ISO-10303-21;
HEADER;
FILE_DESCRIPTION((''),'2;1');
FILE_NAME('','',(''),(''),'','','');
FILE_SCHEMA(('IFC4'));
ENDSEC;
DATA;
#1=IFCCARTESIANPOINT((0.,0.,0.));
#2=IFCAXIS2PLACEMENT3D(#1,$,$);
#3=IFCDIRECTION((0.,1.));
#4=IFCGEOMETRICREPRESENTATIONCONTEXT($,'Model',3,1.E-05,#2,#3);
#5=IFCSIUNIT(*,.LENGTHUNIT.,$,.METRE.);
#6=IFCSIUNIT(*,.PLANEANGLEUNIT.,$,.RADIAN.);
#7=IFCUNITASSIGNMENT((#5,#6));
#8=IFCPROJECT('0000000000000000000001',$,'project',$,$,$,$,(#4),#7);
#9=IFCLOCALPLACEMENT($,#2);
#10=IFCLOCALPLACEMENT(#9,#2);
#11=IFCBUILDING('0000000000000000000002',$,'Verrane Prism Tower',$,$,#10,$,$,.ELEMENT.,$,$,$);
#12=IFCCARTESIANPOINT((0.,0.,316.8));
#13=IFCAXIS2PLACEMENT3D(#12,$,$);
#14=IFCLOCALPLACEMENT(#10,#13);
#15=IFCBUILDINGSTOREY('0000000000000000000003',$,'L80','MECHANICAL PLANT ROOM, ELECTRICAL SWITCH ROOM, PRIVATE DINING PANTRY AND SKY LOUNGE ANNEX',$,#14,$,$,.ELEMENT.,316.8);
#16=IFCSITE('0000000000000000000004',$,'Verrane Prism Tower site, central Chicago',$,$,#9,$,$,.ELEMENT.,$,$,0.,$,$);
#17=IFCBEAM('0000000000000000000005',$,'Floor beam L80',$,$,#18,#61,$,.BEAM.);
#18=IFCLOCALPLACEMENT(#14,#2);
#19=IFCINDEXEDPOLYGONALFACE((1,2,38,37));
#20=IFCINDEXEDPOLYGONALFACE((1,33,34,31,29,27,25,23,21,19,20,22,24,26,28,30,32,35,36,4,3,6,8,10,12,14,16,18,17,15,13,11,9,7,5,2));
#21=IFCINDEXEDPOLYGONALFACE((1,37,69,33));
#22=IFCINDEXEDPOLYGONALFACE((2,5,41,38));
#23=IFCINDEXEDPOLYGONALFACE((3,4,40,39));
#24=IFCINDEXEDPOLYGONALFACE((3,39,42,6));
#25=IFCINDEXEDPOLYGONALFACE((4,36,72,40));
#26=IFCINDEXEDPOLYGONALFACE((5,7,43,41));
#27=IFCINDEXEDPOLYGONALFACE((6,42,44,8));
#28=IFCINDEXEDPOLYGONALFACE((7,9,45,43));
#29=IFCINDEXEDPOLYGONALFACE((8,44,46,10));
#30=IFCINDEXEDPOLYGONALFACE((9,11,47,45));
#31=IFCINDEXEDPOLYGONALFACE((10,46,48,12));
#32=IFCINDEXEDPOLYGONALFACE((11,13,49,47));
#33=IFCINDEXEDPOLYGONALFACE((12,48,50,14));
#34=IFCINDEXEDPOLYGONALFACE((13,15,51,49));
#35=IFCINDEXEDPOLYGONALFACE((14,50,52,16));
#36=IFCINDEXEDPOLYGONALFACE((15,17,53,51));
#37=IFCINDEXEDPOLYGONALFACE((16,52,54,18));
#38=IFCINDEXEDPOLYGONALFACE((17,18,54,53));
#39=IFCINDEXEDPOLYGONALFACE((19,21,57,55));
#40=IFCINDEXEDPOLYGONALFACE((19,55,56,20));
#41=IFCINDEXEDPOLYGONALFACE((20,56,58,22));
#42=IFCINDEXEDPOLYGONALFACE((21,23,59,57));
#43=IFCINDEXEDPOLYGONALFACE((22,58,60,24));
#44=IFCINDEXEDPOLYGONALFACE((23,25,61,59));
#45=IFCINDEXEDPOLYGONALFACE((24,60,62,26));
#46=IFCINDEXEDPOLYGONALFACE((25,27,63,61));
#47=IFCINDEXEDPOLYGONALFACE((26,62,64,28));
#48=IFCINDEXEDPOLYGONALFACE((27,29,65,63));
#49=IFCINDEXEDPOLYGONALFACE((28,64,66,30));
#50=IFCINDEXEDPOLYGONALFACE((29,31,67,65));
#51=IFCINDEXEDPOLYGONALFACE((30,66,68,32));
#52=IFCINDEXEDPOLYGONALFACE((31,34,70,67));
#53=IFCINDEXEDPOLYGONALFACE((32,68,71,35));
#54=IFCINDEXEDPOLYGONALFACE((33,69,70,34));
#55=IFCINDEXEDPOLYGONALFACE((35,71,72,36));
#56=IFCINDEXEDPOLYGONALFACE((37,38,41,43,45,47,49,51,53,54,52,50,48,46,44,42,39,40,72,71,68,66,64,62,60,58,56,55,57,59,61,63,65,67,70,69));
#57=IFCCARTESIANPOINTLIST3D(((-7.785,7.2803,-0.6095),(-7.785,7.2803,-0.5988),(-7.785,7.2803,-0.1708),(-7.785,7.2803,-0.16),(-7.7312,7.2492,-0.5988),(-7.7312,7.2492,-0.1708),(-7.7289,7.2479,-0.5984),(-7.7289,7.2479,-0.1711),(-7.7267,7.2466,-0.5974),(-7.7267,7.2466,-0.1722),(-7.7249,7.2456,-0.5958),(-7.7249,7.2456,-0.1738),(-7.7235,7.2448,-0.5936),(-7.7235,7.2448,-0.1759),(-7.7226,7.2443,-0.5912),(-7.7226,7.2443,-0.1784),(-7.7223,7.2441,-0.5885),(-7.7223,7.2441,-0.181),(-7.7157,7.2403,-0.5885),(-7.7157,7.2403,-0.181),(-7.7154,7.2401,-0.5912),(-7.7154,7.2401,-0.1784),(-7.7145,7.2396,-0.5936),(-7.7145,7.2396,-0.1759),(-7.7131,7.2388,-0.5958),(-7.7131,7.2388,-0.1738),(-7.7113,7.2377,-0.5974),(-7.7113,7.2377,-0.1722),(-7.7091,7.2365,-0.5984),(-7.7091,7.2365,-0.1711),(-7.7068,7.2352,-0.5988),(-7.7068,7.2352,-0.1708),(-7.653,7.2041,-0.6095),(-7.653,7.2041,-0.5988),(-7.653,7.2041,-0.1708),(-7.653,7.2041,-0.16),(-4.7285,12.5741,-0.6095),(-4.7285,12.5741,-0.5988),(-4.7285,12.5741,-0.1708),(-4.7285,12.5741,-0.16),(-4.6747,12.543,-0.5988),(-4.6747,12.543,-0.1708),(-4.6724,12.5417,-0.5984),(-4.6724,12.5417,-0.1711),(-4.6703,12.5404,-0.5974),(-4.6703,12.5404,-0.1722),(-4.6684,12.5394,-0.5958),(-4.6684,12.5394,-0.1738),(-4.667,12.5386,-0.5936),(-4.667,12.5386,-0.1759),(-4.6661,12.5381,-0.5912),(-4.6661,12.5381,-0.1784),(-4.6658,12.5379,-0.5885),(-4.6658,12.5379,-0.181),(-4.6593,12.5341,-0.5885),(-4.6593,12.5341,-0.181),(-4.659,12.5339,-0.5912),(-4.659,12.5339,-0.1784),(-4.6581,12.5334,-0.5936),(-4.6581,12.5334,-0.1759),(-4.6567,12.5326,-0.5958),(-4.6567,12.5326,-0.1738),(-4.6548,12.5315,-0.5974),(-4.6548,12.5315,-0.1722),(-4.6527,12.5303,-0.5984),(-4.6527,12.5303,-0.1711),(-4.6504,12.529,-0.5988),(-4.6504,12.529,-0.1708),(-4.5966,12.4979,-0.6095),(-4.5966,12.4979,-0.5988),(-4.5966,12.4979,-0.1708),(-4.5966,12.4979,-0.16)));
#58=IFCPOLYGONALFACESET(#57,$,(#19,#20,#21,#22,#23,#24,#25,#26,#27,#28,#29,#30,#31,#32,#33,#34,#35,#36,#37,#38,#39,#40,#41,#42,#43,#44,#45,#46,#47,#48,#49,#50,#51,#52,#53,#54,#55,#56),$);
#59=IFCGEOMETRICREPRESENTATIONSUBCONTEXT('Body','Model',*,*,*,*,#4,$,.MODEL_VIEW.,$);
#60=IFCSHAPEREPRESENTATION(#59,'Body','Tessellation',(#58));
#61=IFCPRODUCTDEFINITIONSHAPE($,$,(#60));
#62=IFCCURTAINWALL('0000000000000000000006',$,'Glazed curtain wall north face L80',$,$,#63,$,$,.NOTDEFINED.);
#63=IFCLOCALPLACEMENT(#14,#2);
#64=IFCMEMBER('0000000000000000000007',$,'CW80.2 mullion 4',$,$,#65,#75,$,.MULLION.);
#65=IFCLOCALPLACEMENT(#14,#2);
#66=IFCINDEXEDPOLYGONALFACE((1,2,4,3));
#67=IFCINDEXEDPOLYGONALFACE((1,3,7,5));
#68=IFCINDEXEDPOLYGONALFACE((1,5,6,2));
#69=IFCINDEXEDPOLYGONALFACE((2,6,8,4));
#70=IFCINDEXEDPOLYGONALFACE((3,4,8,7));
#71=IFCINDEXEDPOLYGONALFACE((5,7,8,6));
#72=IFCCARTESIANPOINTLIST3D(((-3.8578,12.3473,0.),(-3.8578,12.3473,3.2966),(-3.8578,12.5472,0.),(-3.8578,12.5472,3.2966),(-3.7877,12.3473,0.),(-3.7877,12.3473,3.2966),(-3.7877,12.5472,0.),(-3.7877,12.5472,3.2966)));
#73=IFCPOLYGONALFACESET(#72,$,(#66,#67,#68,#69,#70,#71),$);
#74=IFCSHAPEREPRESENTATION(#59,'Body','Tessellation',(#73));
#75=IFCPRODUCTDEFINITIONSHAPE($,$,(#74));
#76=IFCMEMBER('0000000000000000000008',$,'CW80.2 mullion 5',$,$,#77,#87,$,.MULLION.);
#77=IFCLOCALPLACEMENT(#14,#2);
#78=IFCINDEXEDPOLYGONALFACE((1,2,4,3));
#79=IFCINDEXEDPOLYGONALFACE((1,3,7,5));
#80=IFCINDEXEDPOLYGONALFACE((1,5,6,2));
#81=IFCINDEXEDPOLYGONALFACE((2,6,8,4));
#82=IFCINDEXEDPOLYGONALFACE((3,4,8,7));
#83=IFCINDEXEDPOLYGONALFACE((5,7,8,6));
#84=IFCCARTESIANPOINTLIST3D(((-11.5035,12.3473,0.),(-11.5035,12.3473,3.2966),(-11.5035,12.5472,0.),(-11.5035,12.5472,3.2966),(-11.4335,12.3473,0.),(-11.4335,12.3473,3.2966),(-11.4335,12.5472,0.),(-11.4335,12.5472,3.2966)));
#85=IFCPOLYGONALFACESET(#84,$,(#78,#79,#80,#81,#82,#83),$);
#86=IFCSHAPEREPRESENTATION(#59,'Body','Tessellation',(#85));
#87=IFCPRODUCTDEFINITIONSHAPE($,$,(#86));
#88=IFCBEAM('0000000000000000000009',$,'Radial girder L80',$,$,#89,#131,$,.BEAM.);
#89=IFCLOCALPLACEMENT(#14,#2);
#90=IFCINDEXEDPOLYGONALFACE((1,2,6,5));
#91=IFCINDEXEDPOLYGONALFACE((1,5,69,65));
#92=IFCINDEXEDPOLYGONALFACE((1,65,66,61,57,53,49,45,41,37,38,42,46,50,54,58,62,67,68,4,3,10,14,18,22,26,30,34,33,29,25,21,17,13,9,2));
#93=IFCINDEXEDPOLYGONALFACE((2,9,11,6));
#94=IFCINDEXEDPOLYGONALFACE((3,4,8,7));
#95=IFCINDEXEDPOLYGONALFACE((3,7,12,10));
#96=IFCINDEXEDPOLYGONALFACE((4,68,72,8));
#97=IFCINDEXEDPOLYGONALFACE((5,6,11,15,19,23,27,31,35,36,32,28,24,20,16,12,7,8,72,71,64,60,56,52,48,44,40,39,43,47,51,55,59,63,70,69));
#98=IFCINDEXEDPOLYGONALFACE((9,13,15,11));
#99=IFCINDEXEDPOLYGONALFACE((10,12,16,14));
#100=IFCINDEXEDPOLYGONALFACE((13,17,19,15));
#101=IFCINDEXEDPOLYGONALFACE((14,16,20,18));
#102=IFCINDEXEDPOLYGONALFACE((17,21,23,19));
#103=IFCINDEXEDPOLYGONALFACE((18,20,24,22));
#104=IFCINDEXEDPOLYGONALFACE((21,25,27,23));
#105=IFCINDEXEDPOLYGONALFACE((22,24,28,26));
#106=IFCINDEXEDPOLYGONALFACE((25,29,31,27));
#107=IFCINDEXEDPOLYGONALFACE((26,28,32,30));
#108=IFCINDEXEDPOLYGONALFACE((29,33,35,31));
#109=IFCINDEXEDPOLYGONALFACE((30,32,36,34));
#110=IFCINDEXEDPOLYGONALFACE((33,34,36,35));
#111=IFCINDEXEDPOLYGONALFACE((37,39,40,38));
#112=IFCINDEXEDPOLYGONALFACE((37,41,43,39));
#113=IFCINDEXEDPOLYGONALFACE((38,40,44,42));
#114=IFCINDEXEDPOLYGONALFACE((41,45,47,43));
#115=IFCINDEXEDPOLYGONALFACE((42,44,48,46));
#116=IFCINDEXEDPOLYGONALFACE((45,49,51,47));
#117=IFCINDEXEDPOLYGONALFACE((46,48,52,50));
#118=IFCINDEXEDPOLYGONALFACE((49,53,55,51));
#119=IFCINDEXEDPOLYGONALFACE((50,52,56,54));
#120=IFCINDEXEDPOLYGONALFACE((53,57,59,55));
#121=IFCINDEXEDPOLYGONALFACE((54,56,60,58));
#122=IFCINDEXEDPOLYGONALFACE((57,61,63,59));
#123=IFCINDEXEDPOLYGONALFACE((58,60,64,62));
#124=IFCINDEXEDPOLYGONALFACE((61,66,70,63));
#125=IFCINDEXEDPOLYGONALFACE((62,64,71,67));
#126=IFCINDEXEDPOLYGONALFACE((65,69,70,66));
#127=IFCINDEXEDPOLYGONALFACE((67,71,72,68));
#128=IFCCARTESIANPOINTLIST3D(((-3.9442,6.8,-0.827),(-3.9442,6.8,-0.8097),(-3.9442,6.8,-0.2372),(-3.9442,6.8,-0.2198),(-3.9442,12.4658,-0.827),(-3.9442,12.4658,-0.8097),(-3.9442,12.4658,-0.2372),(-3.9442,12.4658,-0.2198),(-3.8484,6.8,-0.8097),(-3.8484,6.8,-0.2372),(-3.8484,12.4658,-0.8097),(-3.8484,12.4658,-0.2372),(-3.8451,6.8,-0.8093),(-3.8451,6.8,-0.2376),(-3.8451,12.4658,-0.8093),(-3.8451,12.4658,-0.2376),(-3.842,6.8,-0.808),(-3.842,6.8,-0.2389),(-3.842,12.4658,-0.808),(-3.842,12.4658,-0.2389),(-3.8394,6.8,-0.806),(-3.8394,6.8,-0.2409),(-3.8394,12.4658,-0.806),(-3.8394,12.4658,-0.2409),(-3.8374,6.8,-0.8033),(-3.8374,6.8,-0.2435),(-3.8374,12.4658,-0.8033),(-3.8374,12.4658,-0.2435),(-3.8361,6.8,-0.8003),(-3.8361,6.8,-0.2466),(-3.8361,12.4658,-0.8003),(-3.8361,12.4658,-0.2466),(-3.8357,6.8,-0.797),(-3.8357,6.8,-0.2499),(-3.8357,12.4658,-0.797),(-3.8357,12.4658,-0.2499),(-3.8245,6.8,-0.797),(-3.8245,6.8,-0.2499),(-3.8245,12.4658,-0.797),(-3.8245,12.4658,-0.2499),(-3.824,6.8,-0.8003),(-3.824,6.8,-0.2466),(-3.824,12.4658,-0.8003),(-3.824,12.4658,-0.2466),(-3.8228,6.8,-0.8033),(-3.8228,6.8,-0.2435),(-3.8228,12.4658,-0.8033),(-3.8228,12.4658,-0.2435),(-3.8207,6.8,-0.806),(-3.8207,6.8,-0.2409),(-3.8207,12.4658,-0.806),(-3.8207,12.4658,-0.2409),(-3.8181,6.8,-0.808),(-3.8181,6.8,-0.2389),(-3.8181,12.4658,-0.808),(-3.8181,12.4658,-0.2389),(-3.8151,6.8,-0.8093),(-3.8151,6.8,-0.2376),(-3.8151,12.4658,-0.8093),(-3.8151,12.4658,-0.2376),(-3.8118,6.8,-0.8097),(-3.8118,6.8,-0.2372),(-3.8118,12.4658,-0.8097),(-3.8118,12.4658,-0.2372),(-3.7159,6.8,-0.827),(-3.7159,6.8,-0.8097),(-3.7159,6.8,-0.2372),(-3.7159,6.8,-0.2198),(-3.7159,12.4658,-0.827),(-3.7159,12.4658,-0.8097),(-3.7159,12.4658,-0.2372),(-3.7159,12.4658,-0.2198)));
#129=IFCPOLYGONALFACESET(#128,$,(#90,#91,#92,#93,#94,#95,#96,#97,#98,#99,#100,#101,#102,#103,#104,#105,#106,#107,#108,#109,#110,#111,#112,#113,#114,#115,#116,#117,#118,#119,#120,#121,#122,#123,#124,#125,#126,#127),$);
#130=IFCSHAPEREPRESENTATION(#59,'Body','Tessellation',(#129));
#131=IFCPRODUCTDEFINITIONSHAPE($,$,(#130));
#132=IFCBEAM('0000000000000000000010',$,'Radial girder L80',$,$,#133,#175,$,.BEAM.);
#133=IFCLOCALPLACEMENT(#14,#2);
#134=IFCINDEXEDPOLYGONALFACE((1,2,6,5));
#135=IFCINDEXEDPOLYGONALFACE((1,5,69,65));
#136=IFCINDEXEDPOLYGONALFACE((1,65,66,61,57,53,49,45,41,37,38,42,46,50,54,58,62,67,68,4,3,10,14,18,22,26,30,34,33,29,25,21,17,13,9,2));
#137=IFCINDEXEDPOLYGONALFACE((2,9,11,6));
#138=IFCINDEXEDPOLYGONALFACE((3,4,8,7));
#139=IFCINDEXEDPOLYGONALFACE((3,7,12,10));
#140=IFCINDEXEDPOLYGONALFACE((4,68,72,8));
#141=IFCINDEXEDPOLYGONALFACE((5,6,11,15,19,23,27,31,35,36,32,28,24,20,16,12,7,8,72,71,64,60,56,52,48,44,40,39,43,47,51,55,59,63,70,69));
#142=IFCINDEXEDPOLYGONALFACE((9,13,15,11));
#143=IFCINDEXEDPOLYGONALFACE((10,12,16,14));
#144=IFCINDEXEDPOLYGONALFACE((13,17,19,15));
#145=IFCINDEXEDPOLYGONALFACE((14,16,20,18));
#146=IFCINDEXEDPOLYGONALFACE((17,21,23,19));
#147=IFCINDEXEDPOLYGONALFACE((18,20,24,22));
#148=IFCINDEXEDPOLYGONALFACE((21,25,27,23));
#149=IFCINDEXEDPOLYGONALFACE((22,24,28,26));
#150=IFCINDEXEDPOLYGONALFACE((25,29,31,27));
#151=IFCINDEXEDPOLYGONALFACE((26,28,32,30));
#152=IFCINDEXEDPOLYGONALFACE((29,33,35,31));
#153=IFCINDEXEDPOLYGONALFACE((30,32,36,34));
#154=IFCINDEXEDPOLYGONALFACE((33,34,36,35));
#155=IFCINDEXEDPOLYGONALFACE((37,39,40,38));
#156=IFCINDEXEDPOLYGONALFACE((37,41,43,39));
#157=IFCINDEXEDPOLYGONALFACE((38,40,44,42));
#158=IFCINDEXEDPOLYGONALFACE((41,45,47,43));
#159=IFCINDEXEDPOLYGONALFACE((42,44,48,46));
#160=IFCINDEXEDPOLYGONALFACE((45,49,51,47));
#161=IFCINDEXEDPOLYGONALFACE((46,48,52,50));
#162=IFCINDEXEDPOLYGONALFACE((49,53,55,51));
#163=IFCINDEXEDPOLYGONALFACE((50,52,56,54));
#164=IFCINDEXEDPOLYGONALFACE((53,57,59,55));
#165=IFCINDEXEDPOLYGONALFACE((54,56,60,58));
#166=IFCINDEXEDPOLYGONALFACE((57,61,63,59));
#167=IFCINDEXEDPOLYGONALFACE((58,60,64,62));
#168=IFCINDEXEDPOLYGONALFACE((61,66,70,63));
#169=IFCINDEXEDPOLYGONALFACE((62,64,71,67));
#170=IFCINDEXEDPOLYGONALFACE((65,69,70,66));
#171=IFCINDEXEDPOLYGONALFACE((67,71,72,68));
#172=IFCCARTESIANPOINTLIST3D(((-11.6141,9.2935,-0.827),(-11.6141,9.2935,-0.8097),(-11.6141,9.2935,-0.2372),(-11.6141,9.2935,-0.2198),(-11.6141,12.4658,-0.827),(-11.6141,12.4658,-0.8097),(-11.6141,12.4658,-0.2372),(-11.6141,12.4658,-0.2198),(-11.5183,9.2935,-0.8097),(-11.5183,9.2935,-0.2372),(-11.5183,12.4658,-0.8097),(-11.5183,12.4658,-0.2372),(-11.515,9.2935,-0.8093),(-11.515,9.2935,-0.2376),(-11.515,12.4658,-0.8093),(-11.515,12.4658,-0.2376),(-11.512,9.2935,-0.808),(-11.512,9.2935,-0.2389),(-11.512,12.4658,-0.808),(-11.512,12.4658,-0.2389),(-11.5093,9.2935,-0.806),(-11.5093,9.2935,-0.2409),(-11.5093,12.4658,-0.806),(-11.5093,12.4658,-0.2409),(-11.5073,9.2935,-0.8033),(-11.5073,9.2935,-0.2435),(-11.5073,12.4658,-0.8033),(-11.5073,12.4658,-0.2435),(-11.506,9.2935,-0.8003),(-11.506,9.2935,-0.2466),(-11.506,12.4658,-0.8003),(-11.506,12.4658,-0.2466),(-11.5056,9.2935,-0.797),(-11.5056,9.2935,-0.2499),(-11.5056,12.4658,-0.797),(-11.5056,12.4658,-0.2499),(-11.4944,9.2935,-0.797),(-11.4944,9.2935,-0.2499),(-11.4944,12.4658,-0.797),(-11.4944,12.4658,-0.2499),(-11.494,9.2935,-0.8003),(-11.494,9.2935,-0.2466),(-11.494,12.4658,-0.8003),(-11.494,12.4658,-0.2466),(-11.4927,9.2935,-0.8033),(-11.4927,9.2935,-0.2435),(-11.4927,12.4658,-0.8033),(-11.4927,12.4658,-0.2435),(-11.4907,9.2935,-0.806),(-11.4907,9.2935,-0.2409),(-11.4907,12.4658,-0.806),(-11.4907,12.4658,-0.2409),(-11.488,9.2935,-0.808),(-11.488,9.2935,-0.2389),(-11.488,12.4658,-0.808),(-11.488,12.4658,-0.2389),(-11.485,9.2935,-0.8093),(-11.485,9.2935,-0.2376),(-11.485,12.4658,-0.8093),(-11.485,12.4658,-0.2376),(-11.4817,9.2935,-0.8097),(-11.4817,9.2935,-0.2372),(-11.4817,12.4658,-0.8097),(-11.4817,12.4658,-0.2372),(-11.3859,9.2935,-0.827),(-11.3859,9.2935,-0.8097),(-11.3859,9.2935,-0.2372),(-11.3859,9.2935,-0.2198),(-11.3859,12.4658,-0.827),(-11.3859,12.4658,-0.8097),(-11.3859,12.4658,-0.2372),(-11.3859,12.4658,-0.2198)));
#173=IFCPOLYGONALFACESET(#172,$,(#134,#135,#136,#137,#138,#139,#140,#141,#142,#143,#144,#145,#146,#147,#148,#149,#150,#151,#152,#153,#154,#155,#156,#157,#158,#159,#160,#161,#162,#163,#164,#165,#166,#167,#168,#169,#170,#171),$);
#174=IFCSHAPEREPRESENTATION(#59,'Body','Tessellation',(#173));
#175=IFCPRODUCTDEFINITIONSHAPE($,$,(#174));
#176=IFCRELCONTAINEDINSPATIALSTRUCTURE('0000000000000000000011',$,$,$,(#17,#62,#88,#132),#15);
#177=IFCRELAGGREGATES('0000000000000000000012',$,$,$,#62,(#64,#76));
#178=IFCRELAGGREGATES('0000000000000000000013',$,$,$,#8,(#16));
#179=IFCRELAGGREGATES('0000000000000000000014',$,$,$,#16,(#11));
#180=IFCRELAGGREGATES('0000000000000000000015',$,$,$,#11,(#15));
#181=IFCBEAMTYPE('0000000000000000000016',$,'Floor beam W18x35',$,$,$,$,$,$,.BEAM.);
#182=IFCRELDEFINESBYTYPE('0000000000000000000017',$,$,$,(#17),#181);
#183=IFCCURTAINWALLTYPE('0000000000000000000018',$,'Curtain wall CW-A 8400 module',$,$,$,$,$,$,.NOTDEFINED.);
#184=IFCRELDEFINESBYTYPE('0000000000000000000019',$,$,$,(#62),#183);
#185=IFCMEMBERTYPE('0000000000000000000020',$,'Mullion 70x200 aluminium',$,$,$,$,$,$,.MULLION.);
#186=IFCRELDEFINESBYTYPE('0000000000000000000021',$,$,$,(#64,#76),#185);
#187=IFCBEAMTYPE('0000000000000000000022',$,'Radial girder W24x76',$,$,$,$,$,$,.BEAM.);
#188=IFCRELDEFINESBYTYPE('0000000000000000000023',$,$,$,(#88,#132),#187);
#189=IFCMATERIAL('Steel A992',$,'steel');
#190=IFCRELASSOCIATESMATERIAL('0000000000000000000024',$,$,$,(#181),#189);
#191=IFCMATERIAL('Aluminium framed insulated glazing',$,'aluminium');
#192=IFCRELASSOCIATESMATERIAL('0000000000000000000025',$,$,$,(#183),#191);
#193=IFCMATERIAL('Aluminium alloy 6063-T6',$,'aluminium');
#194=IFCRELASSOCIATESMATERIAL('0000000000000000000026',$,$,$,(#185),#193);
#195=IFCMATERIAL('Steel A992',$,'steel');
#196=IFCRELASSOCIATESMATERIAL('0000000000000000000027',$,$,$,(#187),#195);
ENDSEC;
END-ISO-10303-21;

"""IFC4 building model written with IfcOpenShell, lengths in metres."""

from ifc_helpers import new_model, si_unit, direction, frame, origin, origin_2d, place, context, subcontext, project, spatial, rectangle, i_section, extrude, material, material_profile, profile_set, type_object, element, aggregate, save


model = new_model("IFC4")

# Units and contexts
model_context = context("Model", 3, precision=1e-05, world=origin(), true_north=direction((0.0, 1.0)))
body_context = subcontext(model_context, "Body", "Model", "MODEL_VIEW")
ifc_project = project(units=[si_unit("LENGTHUNIT", "METRE"), si_unit("PLANEANGLEUNIT", "RADIAN")], contexts=[model_context])

# Site, building, storey
site_placement = place(None, origin())
site = spatial("IfcSite", under=ifc_project, at=site_placement, Name="Verrane Prism Tower site, central Chicago", CompositionType="ELEMENT", RefElevation=0.0)
building_placement = place(site_placement, origin())
building = spatial("IfcBuilding", under=site, at=building_placement, Name="Verrane Prism Tower", CompositionType="ELEMENT")
storey_placement = place(building_placement, frame((0.0, 0.0, 316.8)))
storey = spatial("IfcBuildingStorey", under=building, at=storey_placement, Name="L80", Description="MECHANICAL PLANT ROOM, ELECTRICAL SWITCH ROOM, PRIVATE DINING PANTRY AND SKY LOUNGE ANNEX", CompositionType="ELEMENT", Elevation=316.8)

# Beam
ifc_material_1 = material(Name="Steel A992", Category="steel")
ifc_material_profile_1 = material_profile(ifc_material_1, i_section(OverallWidth=0.1523, OverallDepth=0.4495, WebThickness=0.0076, FlangeThickness=0.0107, FilletRadius=0.0103, at=origin_2d()), Name="W18x35")
ifc_profile_set_1 = profile_set([ifc_material_profile_1], Name="Steel A992")
beam_type_1 = type_object("IfcBeamType", Name="Floor beam W18x35", PredefinedType="BEAM", material=ifc_profile_set_1)
beam_1_placement = place(storey_placement, frame((-7.719, 7.2422, -0.3848), z_axis=(0.500009, 0.86602, 0.0), x_axis=(-0.86602, 0.500009, 0.0)))
element("IfcBeam", 1, at=beam_1_placement, inside=storey, type_object=beam_type_1, Name="Floor beam L80", PredefinedType="BEAM", context=body_context, shape_type="SweptSolid", body=[
    extrude(i_section(OverallWidth=0.1523, OverallDepth=0.4495, WebThickness=0.0076, FlangeThickness=0.0107, FilletRadius=0.0103, at=origin_2d()), origin(), (0.0, 0.0, 1.0), 6.1128),
])

# Curtain wall, members
ifc_material_2 = material(Name="Aluminium framed insulated glazing", Category="aluminium")
curtain_wall_type = type_object("IfcCurtainWallType", Name="Curtain wall CW-A 8400 module", PredefinedType="NOTDEFINED", material=ifc_material_2)
curtain_wall_placement = place(storey_placement, origin())
curtain_wall = element("IfcCurtainWall", 2, at=curtain_wall_placement, inside=storey, type_object=curtain_wall_type, Name="Glazed curtain wall north face L80", PredefinedType="NOTDEFINED")
ifc_material_3 = material(Name="Aluminium alloy 6063-T6", Category="aluminium")
ifc_material_profile_2 = material_profile(ifc_material_3, rectangle(XDim=0.2, YDim=0.0701, at=origin_2d()), Name="Mullion 70x200 aluminium")
ifc_profile_set_2 = profile_set([ifc_material_profile_2], Name="Aluminium alloy 6063-T6")
member_type_1 = type_object("IfcMemberType", Name="Mullion 70x200 aluminium", PredefinedType="MULLION", material=ifc_profile_set_2)
member_1_placement = place(storey_placement, frame((-3.8228, 12.4473, 0.0), z_axis=(0.0, 0.0, 1.0), x_axis=(0.0, -1.0, 0.0)))
member_1 = element("IfcMember", 3, at=member_1_placement, type_object=member_type_1, Name="CW80.2 mullion 4", PredefinedType="MULLION", context=body_context, shape_type="SweptSolid", body=[
    extrude(rectangle(XDim=0.2, YDim=0.0701, at=origin_2d()), origin(), (0.0, 0.0, 1.0), 3.2966),
])
member_2_placement = place(storey_placement, frame((-11.4685, 12.4473, 0.0), z_axis=(0.0, 0.0, 1.0), x_axis=(0.0, -1.0, 0.0)))
member_2 = element("IfcMember", 4, at=member_2_placement, type_object=member_type_1, Name="CW80.2 mullion 5", PredefinedType="MULLION", context=body_context, shape_type="SweptSolid", body=[
    extrude(rectangle(XDim=0.2, YDim=0.0701, at=origin_2d()), origin(), (0.0, 0.0, 1.0), 3.2966),
])

# Beams
ifc_material_4 = material(Name="Steel A992", Category="steel")
ifc_material_profile_3 = material_profile(ifc_material_4, i_section(OverallWidth=0.2283, OverallDepth=0.6072, WebThickness=0.0112, FlangeThickness=0.0173, FilletRadius=0.0127, at=origin_2d()), Name="W24x76")
ifc_profile_set_3 = profile_set([ifc_material_profile_3], Name="Steel A992")
beam_type_2 = type_object("IfcBeamType", Name="Radial girder W24x76", PredefinedType="BEAM", material=ifc_profile_set_3)
beam_2_placement = place(storey_placement, frame((-3.8301, 12.4658, -0.5234), z_axis=(0.0, -1.0, 0.0), x_axis=(1.0, 0.0, 0.0)))
element("IfcBeam", 5, at=beam_2_placement, inside=storey, type_object=beam_type_2, Name="Radial girder L80", PredefinedType="BEAM", context=body_context, shape_type="SweptSolid", body=[
    extrude(i_section(OverallWidth=0.2283, OverallDepth=0.6072, WebThickness=0.0112, FlangeThickness=0.0173, FilletRadius=0.0127, at=origin_2d()), origin(), (0.0, 0.0, 1.0), 5.6658),
])
beam_3_placement = place(storey_placement, frame((-11.5, 12.4658, -0.5234), z_axis=(0.0, -1.0, 0.0), x_axis=(1.0, 0.0, 0.0)))
element("IfcBeam", 6, at=beam_3_placement, inside=storey, type_object=beam_type_2, Name="Radial girder L80", PredefinedType="BEAM", context=body_context, shape_type="SweptSolid", body=[
    extrude(i_section(OverallWidth=0.2283, OverallDepth=0.6072, WebThickness=0.0112, FlangeThickness=0.0173, FilletRadius=0.0127, at=origin_2d()), origin(), (0.0, 0.0, 1.0), 3.1724),
])

aggregate(curtain_wall, [member_1, member_2])

save(model, "model.ifc")
